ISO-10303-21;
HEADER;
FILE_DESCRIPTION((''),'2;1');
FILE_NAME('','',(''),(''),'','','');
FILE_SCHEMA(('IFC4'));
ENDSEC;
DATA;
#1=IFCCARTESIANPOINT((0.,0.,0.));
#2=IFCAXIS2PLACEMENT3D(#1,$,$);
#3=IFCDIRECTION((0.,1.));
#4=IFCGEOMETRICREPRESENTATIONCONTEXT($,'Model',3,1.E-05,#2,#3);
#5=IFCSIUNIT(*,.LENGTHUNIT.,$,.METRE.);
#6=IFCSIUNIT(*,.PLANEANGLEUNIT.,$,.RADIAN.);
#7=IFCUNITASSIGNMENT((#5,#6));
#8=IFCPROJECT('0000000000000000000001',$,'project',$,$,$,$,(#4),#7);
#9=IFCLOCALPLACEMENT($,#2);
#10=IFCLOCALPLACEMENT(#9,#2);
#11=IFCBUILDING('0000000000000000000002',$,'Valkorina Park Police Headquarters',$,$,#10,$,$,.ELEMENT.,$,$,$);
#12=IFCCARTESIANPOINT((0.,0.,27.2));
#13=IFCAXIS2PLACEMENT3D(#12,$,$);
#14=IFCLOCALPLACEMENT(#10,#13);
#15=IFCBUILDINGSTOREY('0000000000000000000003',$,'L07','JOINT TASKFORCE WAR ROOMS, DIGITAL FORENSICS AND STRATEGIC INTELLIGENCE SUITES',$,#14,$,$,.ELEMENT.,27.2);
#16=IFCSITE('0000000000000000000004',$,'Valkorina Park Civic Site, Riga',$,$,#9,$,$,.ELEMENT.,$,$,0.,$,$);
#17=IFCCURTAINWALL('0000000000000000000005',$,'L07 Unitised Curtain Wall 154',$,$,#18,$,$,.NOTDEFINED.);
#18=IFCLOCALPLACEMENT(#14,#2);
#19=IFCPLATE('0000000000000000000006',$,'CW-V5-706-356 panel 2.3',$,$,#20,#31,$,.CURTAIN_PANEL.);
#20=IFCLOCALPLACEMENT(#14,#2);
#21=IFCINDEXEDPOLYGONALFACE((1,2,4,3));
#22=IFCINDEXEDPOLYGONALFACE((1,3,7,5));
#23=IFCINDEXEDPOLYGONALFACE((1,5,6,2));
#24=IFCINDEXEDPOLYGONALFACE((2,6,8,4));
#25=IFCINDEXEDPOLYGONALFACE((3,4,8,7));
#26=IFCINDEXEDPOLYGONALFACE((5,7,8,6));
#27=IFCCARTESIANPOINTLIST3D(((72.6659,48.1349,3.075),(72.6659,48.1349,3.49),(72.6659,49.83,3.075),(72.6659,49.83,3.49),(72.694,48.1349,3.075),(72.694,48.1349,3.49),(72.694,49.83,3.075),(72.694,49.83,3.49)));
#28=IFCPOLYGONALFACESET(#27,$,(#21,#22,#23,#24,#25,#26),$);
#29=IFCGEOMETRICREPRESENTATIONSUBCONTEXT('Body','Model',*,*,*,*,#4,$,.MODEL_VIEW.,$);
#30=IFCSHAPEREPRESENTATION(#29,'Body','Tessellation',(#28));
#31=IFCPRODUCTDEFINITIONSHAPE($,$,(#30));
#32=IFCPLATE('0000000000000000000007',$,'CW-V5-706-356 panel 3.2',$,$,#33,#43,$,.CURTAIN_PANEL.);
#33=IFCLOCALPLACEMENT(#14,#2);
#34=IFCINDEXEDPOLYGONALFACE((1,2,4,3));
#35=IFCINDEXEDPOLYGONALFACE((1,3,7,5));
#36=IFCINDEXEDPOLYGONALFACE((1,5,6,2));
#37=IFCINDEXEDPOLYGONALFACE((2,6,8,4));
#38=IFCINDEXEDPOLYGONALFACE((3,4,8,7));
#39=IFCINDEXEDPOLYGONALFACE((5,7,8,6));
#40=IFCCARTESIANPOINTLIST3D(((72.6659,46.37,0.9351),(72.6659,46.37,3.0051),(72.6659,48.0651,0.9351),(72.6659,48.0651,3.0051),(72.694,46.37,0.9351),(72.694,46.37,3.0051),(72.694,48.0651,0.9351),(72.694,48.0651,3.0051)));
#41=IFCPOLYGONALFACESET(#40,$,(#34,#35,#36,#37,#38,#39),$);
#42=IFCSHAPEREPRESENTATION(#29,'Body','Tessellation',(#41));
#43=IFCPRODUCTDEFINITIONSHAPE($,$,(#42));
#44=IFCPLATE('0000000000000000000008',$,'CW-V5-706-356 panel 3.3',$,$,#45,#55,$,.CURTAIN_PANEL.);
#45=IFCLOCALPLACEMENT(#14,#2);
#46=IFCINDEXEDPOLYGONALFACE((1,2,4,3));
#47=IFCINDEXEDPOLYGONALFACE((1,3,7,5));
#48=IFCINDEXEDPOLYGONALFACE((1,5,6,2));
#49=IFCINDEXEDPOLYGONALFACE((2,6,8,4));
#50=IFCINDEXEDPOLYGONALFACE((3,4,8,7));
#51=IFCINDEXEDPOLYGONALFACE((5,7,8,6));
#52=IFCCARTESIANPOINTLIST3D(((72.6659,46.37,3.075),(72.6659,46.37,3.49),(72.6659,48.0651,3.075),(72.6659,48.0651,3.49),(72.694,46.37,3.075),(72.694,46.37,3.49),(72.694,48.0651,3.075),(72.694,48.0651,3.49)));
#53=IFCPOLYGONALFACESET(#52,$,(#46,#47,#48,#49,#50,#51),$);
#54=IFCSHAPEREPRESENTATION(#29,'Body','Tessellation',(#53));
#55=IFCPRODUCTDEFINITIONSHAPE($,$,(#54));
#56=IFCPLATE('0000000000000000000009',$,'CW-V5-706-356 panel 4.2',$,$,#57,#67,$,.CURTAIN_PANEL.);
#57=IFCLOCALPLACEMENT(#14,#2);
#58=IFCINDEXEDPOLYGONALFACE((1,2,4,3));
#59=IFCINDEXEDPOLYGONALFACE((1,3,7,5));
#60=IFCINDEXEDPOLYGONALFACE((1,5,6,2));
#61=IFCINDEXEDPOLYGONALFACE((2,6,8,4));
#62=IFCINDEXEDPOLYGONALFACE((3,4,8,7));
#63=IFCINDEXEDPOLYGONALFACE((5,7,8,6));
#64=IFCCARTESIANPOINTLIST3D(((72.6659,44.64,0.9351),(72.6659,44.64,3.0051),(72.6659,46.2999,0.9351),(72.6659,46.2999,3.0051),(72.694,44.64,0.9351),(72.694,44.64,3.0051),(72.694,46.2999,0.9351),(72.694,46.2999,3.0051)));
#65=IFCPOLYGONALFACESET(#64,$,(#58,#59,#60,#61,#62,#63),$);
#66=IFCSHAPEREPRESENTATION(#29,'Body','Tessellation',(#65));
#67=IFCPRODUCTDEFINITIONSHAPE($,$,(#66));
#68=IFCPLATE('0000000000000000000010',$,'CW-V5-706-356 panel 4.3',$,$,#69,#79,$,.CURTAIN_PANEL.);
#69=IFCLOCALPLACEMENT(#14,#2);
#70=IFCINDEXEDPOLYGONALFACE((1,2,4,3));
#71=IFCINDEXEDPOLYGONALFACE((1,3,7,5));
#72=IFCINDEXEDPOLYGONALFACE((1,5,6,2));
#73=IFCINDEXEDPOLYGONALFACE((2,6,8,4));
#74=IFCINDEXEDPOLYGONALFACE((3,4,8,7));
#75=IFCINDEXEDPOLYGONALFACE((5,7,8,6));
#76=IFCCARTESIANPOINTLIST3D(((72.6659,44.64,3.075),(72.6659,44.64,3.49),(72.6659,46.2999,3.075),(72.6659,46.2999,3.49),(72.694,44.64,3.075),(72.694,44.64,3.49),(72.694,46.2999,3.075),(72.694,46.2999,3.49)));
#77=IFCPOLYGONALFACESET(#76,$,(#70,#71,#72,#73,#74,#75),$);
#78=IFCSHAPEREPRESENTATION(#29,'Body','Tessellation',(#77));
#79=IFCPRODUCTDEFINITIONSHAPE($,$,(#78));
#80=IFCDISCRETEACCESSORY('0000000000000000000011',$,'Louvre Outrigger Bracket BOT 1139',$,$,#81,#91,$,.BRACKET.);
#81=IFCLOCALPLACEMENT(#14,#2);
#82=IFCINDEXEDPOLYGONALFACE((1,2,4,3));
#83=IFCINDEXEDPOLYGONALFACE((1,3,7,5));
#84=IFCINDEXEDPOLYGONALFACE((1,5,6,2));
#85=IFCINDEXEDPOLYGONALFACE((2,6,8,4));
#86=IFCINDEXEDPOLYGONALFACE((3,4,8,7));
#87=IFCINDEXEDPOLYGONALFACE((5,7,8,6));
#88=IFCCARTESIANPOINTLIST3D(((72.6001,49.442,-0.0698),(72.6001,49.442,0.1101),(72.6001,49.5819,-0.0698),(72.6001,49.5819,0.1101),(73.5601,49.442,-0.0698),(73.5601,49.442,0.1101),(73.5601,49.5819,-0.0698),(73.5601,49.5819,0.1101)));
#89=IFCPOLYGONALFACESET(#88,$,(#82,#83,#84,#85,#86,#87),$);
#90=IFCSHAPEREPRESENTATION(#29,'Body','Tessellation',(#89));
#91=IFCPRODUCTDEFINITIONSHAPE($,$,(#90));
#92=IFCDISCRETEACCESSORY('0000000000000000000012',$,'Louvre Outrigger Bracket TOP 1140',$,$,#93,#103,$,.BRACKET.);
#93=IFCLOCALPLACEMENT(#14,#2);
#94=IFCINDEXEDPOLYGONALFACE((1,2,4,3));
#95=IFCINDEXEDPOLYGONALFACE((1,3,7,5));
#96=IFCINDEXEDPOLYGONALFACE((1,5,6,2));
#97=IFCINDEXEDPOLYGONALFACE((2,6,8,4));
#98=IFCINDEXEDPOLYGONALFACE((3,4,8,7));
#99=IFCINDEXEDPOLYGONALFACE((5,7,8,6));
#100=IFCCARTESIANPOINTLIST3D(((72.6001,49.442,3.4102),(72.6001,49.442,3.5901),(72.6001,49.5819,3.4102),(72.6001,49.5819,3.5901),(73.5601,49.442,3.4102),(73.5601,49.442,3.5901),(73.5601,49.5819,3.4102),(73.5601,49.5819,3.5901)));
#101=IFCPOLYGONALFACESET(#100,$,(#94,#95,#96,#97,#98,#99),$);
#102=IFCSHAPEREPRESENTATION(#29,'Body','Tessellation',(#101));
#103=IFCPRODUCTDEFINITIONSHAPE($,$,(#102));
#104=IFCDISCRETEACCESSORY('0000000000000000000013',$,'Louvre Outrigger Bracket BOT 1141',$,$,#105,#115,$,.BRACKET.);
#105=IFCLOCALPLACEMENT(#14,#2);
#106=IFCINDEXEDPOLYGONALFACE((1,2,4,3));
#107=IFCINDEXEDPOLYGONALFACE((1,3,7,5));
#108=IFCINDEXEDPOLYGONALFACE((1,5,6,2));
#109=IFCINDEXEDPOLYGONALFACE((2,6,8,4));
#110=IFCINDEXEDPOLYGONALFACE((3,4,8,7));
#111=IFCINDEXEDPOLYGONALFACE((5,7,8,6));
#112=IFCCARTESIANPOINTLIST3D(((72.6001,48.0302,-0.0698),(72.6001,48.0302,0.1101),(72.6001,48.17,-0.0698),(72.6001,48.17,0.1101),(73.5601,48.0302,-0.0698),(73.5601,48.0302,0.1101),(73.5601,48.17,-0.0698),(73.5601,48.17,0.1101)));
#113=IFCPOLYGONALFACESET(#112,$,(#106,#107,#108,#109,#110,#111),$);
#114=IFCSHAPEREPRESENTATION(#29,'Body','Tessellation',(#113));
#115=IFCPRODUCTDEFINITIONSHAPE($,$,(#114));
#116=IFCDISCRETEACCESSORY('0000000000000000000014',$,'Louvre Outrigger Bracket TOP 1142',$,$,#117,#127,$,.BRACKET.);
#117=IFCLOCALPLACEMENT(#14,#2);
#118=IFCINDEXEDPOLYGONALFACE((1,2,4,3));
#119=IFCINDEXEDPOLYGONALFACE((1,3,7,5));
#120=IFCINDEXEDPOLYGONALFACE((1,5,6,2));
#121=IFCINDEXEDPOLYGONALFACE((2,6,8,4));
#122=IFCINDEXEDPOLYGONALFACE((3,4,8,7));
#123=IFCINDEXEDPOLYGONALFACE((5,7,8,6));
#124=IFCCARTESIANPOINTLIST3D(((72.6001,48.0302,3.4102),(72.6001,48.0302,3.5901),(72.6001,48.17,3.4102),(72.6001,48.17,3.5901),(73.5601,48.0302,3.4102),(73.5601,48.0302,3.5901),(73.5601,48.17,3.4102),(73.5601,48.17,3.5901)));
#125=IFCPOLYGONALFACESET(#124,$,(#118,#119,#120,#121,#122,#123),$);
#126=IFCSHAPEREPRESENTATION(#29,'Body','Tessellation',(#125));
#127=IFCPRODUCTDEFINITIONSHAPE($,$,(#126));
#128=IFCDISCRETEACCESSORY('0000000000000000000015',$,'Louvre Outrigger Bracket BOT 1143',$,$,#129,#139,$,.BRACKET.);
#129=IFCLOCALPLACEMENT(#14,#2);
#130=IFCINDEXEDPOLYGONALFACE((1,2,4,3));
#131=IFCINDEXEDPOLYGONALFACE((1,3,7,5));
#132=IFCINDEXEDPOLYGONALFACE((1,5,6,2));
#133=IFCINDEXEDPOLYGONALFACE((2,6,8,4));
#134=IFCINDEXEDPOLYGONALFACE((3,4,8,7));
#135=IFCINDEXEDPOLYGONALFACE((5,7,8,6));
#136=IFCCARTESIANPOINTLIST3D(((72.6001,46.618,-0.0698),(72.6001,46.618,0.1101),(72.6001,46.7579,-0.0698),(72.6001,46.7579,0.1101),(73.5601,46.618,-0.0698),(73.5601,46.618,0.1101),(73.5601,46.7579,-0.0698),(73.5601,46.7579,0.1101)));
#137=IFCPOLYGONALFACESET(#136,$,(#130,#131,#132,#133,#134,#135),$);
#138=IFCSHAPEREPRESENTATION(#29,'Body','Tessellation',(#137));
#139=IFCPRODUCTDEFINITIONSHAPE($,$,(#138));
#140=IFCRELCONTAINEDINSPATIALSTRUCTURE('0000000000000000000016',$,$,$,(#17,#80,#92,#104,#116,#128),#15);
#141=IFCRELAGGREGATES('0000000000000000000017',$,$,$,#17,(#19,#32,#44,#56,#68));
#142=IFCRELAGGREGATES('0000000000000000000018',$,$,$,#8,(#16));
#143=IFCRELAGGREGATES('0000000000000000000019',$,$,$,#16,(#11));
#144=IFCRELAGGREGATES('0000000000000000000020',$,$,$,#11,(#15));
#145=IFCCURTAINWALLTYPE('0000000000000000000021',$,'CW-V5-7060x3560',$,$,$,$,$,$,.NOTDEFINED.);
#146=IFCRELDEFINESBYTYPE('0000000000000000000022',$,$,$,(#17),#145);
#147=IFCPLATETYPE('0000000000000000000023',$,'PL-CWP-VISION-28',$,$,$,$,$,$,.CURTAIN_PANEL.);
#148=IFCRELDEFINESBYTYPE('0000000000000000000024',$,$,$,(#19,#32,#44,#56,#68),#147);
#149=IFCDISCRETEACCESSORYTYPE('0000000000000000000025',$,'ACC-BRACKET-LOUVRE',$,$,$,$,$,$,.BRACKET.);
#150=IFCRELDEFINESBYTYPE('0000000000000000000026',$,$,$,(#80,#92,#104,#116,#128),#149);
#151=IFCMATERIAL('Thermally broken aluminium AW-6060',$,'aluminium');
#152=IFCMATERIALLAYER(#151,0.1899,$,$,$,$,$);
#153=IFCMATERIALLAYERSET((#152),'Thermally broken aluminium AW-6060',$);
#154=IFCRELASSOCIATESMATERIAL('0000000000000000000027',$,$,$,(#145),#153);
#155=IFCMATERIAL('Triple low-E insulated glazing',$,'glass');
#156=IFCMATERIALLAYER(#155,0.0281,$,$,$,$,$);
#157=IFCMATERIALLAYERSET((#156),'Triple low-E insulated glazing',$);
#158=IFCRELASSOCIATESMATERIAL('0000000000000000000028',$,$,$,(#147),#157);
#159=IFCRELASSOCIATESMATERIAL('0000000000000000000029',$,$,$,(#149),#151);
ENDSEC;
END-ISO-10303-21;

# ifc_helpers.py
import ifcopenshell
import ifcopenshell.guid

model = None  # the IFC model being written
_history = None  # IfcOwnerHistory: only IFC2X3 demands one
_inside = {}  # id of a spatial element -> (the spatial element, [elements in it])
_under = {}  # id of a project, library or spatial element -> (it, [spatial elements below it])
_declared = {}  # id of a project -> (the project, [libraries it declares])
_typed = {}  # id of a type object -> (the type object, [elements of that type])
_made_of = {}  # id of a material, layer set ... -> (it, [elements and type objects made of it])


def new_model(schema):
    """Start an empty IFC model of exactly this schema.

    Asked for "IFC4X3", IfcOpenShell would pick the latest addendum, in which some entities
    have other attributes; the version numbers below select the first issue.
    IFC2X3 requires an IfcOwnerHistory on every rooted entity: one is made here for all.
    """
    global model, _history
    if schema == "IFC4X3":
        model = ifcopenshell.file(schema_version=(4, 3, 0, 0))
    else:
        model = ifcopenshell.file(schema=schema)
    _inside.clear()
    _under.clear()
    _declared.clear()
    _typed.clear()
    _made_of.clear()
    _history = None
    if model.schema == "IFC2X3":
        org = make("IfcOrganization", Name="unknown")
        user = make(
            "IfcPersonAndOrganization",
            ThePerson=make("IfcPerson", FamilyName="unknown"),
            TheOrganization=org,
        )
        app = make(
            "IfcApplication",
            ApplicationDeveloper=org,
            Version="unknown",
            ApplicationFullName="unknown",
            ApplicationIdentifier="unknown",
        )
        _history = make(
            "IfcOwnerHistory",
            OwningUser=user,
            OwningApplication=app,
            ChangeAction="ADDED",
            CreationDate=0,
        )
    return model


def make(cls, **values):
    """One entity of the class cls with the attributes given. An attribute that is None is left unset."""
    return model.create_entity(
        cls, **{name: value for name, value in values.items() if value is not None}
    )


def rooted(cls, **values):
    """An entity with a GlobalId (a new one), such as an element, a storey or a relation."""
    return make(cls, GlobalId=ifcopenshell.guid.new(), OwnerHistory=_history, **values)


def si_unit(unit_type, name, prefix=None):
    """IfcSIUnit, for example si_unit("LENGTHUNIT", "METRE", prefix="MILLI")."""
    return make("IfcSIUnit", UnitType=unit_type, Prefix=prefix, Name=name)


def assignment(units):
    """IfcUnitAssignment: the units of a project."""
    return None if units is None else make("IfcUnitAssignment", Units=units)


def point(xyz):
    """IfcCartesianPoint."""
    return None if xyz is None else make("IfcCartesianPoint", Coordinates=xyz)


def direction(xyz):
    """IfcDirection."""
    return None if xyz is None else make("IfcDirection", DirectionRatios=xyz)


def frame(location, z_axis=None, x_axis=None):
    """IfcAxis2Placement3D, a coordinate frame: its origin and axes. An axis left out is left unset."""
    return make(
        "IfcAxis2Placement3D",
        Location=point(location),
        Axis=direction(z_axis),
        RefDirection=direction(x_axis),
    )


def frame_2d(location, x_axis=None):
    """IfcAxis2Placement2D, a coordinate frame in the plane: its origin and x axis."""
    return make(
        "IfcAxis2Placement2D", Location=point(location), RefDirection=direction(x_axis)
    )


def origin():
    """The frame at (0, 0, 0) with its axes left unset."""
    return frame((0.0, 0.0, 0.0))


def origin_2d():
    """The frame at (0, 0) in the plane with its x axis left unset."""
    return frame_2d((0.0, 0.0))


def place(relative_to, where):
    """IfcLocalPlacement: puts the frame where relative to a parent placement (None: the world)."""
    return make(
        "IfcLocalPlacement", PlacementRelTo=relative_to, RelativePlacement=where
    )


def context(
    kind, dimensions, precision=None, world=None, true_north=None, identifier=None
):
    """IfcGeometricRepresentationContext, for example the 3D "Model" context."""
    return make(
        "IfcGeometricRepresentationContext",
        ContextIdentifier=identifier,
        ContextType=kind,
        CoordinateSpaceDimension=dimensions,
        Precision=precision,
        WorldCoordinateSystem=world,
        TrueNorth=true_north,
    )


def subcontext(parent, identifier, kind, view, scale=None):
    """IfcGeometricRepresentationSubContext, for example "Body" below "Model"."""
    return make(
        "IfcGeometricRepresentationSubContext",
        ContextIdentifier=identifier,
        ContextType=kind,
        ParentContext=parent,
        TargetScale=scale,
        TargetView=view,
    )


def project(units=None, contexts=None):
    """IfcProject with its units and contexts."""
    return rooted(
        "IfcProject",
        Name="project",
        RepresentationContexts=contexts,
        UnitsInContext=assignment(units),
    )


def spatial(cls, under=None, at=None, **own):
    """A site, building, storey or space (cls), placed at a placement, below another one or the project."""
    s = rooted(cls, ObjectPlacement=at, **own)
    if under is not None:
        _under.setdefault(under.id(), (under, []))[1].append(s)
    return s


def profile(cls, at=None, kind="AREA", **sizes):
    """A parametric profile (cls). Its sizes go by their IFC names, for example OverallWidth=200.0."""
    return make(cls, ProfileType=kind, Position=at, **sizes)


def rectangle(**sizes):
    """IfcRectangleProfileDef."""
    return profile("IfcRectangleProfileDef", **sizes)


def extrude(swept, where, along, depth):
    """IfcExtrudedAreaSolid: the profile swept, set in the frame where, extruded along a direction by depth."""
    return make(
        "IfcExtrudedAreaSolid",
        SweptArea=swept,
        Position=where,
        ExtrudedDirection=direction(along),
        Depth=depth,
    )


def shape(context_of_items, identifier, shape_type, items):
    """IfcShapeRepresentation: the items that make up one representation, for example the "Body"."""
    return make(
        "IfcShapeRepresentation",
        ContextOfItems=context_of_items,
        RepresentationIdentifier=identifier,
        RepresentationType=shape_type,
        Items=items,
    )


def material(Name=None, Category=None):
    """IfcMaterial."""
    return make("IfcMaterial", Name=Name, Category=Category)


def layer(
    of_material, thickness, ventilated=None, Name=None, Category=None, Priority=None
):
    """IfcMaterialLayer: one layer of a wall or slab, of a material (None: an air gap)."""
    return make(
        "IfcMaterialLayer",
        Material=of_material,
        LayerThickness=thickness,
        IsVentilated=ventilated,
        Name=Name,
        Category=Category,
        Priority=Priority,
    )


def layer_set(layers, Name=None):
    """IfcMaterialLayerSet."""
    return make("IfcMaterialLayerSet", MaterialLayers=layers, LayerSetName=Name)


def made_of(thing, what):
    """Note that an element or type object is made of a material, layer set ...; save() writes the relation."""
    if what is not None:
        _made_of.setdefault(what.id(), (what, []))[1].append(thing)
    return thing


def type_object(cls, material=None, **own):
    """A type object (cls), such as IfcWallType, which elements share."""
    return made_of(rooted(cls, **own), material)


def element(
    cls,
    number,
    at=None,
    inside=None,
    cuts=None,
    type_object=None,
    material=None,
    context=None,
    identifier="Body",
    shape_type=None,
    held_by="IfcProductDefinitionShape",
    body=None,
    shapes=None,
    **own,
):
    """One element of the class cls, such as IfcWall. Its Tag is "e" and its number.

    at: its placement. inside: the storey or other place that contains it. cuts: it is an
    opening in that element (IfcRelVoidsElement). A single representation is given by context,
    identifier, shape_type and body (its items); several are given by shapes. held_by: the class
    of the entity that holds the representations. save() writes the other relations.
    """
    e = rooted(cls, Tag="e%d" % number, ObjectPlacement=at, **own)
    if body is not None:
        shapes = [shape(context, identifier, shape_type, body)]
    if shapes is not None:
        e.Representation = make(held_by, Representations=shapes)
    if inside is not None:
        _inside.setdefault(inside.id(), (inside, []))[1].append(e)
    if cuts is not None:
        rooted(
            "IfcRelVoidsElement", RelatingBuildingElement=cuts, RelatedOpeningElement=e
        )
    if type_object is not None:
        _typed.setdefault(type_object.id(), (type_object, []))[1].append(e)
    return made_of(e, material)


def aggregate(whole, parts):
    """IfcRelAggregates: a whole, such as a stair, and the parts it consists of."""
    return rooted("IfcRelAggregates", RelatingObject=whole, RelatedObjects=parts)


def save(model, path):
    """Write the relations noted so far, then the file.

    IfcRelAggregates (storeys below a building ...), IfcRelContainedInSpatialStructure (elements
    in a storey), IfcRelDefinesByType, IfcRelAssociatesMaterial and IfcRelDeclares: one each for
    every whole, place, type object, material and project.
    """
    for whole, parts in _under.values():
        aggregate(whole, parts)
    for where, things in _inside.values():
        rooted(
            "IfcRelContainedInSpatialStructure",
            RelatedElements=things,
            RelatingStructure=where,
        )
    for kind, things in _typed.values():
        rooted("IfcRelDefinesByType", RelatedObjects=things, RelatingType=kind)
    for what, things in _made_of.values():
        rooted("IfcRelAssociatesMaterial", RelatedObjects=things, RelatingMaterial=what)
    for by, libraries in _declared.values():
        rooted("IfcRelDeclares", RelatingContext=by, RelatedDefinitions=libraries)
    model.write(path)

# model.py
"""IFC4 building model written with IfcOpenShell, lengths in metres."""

from ifc_helpers import new_model, si_unit, direction, frame, origin, origin_2d, place, context, subcontext, project, spatial, rectangle, extrude, material, layer, layer_set, type_object, element, aggregate, save


model = new_model("IFC4")

# Units and contexts
model_context = context("Model", 3, precision=1e-05, world=origin(), true_north=direction((0.0, 1.0)))
body_context = subcontext(model_context, "Body", "Model", "MODEL_VIEW")
ifc_project = project(units=[si_unit("LENGTHUNIT", "METRE"), si_unit("PLANEANGLEUNIT", "RADIAN")], contexts=[model_context])

# Site, building, storey
site_placement = place(None, origin())
site = spatial("IfcSite", under=ifc_project, at=site_placement, Name="Valkorina Park Civic Site, Riga", CompositionType="ELEMENT", RefElevation=0.0)
building_placement = place(site_placement, origin())
building = spatial("IfcBuilding", under=site, at=building_placement, Name="Valkorina Park Police Headquarters", CompositionType="ELEMENT")
storey_placement = place(building_placement, frame((0.0, 0.0, 27.2)))
storey = spatial("IfcBuildingStorey", under=building, at=storey_placement, Name="L07", Description="JOINT TASKFORCE WAR ROOMS, DIGITAL FORENSICS AND STRATEGIC INTELLIGENCE SUITES", CompositionType="ELEMENT", Elevation=27.2)

# Curtain wall, plates
ifc_material_1 = material(Name="Thermally broken aluminium AW-6060", Category="aluminium")
ifc_layer_1 = layer(ifc_material_1, 0.1899)
ifc_layer_set_1 = layer_set([ifc_layer_1], Name="Thermally broken aluminium AW-6060")
curtain_wall_type = type_object("IfcCurtainWallType", Name="CW-V5-7060x3560", PredefinedType="NOTDEFINED", material=ifc_layer_set_1)
curtain_wall_placement = place(storey_placement, origin())
curtain_wall = element("IfcCurtainWall", 1, at=curtain_wall_placement, inside=storey, type_object=curtain_wall_type, Name="L07 Unitised Curtain Wall 154", PredefinedType="NOTDEFINED")
ifc_material_2 = material(Name="Triple low-E insulated glazing", Category="glass")
ifc_layer_2 = layer(ifc_material_2, 0.0281)
ifc_layer_set_2 = layer_set([ifc_layer_2], Name="Triple low-E insulated glazing")
plate_type_1 = type_object("IfcPlateType", Name="PL-CWP-VISION-28", PredefinedType="CURTAIN_PANEL", material=ifc_layer_set_2)
plate_1_placement = place(storey_placement, frame((72.6799, 48.9824, 3.075), z_axis=(0.0, 0.0, 1.0), x_axis=(0.0, -1.0, 0.0)))
plate_1 = element("IfcPlate", 2, at=plate_1_placement, type_object=plate_type_1, Name="CW-V5-706-356 panel 2.3", PredefinedType="CURTAIN_PANEL", context=body_context, shape_type="SweptSolid", body=[
    extrude(rectangle(XDim=1.6951, YDim=0.0281, at=origin_2d()), origin(), (0.0, 0.0, 1.0), 0.415),
])
plate_2_placement = place(storey_placement, frame((72.6799, 47.2175, 0.9351), z_axis=(0.0, 0.0, 1.0), x_axis=(0.0, -1.0, 0.0)))
plate_2 = element("IfcPlate", 3, at=plate_2_placement, type_object=plate_type_1, Name="CW-V5-706-356 panel 3.2", PredefinedType="CURTAIN_PANEL", context=body_context, shape_type="SweptSolid", body=[
    extrude(rectangle(XDim=1.6951, YDim=0.0281, at=origin_2d()), origin(), (0.0, 0.0, 1.0), 2.0701),
])
plate_3_placement = place(storey_placement, frame((72.6799, 47.2175, 3.075), z_axis=(0.0, 0.0, 1.0), x_axis=(0.0, -1.0, 0.0)))
plate_3 = element("IfcPlate", 4, at=plate_3_placement, type_object=plate_type_1, Name="CW-V5-706-356 panel 3.3", PredefinedType="CURTAIN_PANEL", context=body_context, shape_type="SweptSolid", body=[
    extrude(rectangle(XDim=1.6951, YDim=0.0281, at=origin_2d()), origin(), (0.0, 0.0, 1.0), 0.415),
])
plate_4_placement = place(storey_placement, frame((72.6799, 45.47, 0.9351), z_axis=(0.0, 0.0, 1.0), x_axis=(0.0, -1.0, 0.0)))
plate_4 = element("IfcPlate", 5, at=plate_4_placement, type_object=plate_type_1, Name="CW-V5-706-356 panel 4.2", PredefinedType="CURTAIN_PANEL", context=body_context, shape_type="SweptSolid", body=[
    extrude(rectangle(XDim=1.6599, YDim=0.0281, at=origin_2d()), origin(), (0.0, 0.0, 1.0), 2.0701),
])
plate_5_placement = place(storey_placement, frame((72.6799, 45.47, 3.075), z_axis=(0.0, 0.0, 1.0), x_axis=(0.0, -1.0, 0.0)))
plate_5 = element("IfcPlate", 6, at=plate_5_placement, type_object=plate_type_1, Name="CW-V5-706-356 panel 4.3", PredefinedType="CURTAIN_PANEL", context=body_context, shape_type="SweptSolid", body=[
    extrude(rectangle(XDim=1.6599, YDim=0.0281, at=origin_2d()), origin(), (0.0, 0.0, 1.0), 0.415),
])
aggregate(curtain_wall, [plate_1, plate_2, plate_3, plate_4, plate_5])

# Discrete accessories
discrete_accessory_type = type_object("IfcDiscreteAccessoryType", Name="ACC-BRACKET-LOUVRE", PredefinedType="BRACKET", material=ifc_material_1)
for number, where, z_axis, x_axis, name in (
    (7, (73.0801, 49.512, -0.0698), (0.0, 0.0, 1.0), (1.0, 0.0, 0.0), "Louvre Outrigger Bracket BOT 1139"),
    (8, (73.0801, 49.512, 3.4102), (0.0, 0.0, 1.0), (1.0, 0.0, 0.0), "Louvre Outrigger Bracket TOP 1140"),
    (9, (73.0801, 48.1001, -0.0698), (0.0, 0.0, 1.0), (1.0, 0.0, 0.0), "Louvre Outrigger Bracket BOT 1141"),
    (10, (73.0801, 48.1001, 3.4102), (0.0, 0.0, 1.0), (1.0, 0.0, 0.0), "Louvre Outrigger Bracket TOP 1142"),
    (11, (73.0801, 46.688, -0.0698), (0.0, 0.0, 1.0), (1.0, 0.0, 0.0), "Louvre Outrigger Bracket BOT 1143"),
):
    element("IfcDiscreteAccessory", number, at=place(storey_placement, frame(where, z_axis=z_axis, x_axis=x_axis)), inside=storey, type_object=discrete_accessory_type, Name=name, PredefinedType="BRACKET", context=body_context, shape_type="SweptSolid", body=[
        extrude(rectangle(XDim=0.96, YDim=0.1399, at=origin_2d()), origin(), (0.0, 0.0, 1.0), 0.1799),
    ])

save(model, "model.ifc")
